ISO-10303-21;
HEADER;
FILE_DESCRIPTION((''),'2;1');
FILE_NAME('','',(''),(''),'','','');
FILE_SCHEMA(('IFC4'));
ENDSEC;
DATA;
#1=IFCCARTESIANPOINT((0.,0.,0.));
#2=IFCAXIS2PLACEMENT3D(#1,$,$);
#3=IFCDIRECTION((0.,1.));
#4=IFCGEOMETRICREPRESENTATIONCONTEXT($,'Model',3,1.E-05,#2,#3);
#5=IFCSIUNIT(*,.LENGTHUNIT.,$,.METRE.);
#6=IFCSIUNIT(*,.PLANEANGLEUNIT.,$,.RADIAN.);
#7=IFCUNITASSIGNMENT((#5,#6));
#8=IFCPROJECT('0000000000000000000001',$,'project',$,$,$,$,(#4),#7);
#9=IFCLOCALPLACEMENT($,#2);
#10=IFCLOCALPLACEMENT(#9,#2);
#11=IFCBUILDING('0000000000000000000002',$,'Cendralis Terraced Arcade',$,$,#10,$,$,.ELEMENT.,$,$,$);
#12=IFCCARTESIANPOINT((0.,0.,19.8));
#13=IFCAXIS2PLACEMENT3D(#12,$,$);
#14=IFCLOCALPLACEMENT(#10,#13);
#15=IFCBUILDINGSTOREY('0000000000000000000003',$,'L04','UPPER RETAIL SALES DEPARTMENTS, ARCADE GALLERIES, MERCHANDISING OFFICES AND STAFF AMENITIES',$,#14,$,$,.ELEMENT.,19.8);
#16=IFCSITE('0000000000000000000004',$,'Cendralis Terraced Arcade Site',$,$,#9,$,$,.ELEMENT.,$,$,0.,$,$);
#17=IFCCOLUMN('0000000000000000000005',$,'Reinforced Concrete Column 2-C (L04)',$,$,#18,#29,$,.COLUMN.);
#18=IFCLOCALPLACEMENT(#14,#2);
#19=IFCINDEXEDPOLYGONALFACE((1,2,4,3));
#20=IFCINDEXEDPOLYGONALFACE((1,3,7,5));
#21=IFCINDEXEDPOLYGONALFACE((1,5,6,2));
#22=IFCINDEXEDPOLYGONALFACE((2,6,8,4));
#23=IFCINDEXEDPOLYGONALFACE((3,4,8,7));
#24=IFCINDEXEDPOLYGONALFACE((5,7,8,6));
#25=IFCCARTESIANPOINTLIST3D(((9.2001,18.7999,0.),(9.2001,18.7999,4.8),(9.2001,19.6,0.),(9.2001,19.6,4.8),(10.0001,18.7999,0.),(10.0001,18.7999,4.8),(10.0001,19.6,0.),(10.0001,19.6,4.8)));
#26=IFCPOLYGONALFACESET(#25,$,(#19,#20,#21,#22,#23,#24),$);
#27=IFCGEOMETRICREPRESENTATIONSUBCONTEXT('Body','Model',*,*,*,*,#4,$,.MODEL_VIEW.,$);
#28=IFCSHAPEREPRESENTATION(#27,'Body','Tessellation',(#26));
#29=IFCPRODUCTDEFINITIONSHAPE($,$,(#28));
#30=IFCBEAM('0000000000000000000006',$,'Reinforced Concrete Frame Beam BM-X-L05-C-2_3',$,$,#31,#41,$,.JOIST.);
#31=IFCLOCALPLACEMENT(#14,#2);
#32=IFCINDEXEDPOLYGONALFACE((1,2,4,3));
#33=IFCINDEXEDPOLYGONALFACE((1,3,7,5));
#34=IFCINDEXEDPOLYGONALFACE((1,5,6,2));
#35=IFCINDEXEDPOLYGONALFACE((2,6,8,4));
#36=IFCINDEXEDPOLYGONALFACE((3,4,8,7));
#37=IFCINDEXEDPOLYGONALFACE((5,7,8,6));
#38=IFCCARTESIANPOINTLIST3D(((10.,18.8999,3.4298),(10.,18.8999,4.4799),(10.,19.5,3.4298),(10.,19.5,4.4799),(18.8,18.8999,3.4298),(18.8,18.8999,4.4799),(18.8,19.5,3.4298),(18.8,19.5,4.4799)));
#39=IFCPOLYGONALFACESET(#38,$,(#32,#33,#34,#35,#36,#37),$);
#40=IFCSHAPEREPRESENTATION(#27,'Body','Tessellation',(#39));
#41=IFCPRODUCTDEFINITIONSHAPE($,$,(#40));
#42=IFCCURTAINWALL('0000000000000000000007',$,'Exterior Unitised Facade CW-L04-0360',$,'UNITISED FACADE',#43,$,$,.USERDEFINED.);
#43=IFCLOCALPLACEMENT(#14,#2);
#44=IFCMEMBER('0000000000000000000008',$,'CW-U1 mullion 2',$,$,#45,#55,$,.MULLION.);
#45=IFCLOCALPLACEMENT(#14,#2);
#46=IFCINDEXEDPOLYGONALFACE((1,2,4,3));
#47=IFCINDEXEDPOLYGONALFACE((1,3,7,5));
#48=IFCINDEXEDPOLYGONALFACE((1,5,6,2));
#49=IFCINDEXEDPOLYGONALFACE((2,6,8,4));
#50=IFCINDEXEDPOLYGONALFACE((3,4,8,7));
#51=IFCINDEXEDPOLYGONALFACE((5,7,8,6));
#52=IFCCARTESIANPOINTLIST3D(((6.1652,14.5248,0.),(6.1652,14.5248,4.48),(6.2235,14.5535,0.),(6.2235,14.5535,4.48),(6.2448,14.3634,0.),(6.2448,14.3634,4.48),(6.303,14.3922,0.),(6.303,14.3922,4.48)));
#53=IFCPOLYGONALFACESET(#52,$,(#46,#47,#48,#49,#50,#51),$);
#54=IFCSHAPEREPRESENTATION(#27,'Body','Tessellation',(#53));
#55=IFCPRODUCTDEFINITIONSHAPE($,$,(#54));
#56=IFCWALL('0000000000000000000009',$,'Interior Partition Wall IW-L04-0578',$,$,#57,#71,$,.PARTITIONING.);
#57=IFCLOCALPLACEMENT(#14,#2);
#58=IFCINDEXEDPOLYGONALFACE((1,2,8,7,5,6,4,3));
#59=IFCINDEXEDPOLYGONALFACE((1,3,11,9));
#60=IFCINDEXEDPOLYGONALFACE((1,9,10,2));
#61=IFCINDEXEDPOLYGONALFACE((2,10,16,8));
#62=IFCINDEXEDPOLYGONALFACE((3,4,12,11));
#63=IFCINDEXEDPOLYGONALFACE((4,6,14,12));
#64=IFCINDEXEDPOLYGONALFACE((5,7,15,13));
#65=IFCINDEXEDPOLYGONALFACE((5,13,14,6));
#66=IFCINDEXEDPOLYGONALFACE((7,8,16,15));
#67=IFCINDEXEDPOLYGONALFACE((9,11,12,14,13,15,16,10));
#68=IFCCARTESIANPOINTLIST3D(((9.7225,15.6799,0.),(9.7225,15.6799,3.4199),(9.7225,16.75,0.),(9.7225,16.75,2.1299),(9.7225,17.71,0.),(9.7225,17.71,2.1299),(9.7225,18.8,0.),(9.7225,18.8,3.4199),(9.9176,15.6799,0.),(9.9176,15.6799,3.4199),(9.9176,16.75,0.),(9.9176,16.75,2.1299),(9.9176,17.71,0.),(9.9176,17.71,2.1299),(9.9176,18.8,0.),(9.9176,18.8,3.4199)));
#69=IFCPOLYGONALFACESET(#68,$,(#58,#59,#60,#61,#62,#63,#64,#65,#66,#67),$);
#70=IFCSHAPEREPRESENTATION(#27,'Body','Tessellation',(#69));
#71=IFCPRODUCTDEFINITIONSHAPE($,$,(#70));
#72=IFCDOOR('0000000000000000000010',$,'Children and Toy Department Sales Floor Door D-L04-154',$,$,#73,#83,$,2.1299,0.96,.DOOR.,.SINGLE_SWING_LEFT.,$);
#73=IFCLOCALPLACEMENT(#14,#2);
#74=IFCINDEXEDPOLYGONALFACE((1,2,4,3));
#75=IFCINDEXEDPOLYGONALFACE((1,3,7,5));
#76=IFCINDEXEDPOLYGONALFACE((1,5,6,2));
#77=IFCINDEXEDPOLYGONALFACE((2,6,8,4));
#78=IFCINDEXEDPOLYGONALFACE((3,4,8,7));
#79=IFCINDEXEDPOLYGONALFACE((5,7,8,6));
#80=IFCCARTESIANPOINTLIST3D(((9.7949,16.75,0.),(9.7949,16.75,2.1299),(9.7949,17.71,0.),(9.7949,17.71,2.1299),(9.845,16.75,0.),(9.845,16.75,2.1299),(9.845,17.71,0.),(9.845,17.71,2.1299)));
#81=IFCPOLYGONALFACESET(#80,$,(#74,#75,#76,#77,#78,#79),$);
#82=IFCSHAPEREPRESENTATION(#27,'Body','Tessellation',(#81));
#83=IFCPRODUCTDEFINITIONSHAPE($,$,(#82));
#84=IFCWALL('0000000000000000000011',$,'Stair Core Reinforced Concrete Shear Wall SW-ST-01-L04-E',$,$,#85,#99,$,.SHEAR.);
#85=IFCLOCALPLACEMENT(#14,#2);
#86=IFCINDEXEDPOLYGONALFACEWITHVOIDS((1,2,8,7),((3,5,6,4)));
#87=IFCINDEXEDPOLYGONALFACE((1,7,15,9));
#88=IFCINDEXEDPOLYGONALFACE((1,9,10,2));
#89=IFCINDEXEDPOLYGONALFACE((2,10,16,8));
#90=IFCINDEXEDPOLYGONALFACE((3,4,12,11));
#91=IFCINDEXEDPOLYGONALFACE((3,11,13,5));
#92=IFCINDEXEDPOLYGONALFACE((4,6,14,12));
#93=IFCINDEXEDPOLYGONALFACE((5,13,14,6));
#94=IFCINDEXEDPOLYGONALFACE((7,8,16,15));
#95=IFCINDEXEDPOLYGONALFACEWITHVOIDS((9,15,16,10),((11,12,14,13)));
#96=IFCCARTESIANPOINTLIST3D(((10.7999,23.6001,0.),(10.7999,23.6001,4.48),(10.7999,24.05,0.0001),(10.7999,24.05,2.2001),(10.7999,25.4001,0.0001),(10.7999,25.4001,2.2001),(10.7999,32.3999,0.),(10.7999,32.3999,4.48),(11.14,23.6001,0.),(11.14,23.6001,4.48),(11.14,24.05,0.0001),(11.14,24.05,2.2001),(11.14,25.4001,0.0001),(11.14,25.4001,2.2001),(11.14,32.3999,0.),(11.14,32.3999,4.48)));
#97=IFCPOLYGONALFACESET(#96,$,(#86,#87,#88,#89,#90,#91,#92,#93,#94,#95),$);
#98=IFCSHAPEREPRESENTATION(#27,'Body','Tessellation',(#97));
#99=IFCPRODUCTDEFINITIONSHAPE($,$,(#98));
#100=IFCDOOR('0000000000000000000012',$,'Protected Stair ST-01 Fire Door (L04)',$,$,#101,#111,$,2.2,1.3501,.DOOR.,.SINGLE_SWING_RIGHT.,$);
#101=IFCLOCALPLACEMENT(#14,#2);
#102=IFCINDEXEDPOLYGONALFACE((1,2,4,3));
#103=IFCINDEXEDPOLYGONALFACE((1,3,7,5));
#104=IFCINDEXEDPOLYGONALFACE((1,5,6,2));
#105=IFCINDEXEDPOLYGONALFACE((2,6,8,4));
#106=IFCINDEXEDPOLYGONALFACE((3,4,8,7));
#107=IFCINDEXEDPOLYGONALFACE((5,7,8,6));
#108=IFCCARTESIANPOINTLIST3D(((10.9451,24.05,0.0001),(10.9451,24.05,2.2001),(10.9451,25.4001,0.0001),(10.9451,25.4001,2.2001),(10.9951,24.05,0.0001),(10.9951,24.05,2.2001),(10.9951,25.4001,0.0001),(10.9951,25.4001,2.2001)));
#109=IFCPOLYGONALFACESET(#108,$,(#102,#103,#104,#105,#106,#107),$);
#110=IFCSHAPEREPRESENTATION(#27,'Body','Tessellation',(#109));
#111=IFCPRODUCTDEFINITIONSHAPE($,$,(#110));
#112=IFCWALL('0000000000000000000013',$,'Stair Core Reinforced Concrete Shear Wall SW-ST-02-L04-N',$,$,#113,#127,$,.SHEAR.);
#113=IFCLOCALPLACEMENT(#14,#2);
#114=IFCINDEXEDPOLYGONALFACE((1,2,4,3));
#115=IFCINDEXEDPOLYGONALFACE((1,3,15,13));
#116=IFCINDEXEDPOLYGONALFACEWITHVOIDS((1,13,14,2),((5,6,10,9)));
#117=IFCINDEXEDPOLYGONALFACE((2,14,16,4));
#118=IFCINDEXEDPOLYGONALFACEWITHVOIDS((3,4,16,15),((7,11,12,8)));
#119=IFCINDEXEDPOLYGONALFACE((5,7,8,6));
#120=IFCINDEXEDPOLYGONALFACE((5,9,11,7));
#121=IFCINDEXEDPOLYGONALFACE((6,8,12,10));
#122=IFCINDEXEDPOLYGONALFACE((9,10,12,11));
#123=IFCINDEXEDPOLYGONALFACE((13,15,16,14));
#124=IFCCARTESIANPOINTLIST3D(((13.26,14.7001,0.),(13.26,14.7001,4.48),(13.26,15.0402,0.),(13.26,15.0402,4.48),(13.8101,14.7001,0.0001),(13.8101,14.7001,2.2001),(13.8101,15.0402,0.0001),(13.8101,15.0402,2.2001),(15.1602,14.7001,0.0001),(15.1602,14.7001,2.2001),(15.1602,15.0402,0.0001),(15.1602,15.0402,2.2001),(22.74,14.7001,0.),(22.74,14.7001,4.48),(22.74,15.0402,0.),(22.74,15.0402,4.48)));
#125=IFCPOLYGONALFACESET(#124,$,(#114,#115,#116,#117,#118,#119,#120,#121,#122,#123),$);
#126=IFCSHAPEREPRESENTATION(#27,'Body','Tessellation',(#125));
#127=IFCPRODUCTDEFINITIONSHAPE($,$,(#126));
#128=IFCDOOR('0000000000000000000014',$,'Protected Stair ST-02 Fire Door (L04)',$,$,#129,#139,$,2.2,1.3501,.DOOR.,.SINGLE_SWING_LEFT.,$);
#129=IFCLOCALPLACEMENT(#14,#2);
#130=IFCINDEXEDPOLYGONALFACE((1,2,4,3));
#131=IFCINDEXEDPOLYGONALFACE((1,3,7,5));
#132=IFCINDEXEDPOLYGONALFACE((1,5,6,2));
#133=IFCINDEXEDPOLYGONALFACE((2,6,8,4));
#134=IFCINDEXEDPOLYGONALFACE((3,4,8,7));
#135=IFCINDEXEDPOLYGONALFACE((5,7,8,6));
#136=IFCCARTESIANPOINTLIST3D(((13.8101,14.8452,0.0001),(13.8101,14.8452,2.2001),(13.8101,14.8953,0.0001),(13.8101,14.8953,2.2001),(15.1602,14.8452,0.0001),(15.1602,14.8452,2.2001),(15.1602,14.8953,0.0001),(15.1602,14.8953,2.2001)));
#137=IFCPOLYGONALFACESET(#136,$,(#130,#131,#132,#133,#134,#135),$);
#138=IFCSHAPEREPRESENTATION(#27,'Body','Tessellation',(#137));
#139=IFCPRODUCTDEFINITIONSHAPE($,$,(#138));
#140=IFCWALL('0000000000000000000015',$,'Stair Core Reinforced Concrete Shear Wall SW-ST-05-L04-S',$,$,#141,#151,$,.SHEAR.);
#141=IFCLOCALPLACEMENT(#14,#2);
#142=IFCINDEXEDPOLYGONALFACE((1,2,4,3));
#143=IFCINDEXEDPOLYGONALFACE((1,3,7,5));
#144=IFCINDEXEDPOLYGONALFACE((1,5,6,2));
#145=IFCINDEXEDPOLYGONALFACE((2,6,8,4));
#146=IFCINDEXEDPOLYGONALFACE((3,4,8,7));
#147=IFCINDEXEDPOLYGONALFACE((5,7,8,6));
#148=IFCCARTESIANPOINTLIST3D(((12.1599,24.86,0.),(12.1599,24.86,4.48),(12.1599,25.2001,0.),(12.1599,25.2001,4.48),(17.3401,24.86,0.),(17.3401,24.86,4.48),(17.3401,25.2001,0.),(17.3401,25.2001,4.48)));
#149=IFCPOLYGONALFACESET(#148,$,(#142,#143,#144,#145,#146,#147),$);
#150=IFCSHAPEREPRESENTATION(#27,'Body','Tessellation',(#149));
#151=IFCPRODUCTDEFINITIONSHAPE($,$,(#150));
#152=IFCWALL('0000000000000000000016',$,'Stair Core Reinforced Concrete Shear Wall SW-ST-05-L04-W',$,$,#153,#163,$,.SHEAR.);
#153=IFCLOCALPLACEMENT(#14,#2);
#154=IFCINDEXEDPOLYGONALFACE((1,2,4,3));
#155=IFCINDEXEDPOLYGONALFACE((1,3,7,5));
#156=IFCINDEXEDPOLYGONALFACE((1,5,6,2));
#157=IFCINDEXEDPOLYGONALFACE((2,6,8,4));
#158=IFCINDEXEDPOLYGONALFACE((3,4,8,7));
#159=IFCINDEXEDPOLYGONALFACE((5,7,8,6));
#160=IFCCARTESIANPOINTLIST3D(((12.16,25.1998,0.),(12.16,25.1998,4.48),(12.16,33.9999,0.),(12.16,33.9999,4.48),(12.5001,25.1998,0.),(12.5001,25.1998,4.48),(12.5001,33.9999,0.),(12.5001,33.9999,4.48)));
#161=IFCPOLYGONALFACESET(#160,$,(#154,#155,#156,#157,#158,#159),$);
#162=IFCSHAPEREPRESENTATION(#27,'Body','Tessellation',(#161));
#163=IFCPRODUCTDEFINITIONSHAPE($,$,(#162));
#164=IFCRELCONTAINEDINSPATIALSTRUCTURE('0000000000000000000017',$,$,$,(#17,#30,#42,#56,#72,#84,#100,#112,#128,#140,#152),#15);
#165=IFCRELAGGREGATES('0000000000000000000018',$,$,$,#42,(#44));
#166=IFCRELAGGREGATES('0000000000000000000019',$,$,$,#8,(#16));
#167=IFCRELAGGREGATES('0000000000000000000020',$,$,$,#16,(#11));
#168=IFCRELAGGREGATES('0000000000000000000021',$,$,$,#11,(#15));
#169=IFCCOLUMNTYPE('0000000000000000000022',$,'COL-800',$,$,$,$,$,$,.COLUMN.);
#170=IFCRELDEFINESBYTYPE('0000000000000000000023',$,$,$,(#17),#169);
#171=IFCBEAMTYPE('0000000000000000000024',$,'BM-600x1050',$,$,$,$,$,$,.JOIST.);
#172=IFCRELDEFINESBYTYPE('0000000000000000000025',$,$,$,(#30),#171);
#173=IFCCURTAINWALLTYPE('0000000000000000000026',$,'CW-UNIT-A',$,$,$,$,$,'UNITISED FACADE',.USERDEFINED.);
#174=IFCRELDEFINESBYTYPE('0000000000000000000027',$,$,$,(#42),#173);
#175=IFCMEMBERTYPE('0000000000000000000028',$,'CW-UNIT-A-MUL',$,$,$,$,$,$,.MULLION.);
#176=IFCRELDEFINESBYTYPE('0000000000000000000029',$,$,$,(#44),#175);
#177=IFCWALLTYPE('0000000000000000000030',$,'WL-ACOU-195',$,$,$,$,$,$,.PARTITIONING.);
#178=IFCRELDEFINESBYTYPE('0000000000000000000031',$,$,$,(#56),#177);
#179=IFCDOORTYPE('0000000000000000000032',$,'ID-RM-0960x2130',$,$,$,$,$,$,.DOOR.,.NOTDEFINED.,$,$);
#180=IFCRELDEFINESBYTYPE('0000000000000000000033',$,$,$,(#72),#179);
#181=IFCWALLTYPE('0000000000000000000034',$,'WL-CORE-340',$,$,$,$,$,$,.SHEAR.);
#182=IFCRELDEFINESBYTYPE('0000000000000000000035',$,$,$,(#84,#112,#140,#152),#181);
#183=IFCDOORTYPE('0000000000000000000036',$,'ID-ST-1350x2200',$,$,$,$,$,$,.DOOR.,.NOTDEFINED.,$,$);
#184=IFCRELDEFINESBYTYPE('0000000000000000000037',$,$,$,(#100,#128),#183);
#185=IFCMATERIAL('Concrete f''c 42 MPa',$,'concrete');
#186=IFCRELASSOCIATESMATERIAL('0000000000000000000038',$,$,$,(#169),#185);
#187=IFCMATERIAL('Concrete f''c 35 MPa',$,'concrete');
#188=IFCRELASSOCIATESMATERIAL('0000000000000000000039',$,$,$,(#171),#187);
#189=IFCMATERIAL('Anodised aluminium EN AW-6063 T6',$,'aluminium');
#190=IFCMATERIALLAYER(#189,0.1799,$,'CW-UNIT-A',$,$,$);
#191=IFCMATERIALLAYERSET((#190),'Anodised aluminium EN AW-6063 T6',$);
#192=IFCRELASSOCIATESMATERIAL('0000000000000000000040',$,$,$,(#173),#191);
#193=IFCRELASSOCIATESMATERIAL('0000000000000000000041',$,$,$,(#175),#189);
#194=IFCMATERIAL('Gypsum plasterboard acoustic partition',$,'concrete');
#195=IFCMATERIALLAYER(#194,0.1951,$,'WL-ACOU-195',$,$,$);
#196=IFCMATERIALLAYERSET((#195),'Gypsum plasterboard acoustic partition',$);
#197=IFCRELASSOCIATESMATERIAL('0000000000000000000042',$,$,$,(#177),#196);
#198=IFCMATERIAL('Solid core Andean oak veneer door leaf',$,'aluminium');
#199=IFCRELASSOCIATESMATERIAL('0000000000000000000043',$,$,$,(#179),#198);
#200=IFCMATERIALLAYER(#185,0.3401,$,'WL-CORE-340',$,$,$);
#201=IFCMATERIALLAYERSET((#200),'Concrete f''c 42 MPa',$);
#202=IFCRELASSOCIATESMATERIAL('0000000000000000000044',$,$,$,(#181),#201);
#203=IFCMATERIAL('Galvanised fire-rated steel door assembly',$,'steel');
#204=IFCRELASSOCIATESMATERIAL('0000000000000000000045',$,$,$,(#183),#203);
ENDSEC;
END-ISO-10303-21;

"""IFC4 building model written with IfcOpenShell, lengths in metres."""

from ifc_helpers import new_model, si_unit, direction, frame, frame_2d, origin, origin_2d, place, context, subcontext, project, spatial, rectangle, extrude, material, layer, layer_set, material_profile, profile_set, type_object, element, fill, aggregate, save


model = new_model("IFC4")

# Units and contexts
model_context = context("Model", 3, precision=1e-05, world=origin(), true_north=direction((0.0, 1.0)))
body_context = subcontext(model_context, "Body", "Model", "MODEL_VIEW")
ifc_project = project(units=[si_unit("LENGTHUNIT", "METRE"), si_unit("PLANEANGLEUNIT", "RADIAN")], contexts=[model_context])

# Site, building, storey
site_placement = place(None, origin())
site = spatial("IfcSite", under=ifc_project, at=site_placement, Name="Cendralis Terraced Arcade Site", CompositionType="ELEMENT", RefElevation=0.0)
building_placement = place(site_placement, origin())
building = spatial("IfcBuilding", under=site, at=building_placement, Name="Cendralis Terraced Arcade", CompositionType="ELEMENT")
storey_placement = place(building_placement, frame((0.0, 0.0, 19.8)))
storey = spatial("IfcBuildingStorey", under=building, at=storey_placement, Name="L04", Description="UPPER RETAIL SALES DEPARTMENTS, ARCADE GALLERIES, MERCHANDISING OFFICES AND STAFF AMENITIES", CompositionType="ELEMENT", Elevation=19.8)

# Column
ifc_material_1 = material(Name="Concrete f'c 42 MPa", Category="concrete")
ifc_material_profile_1 = material_profile(ifc_material_1, rectangle(XDim=0.8, YDim=0.8, at=origin_2d()), Name="RC-COL-800x800", Category="LoadBearing")
ifc_profile_set_1 = profile_set([ifc_material_profile_1], Name="Concrete f'c 42 MPa")
column_type = type_object("IfcColumnType", Name="COL-800", PredefinedType="COLUMN", material=ifc_profile_set_1)
column_placement = place(storey_placement, frame((9.6001, 19.2, 0.0), z_axis=(0.0, 0.0, 1.0), x_axis=(1.0, 0.0, 0.0)))
element("IfcColumn", 1, at=column_placement, inside=storey, type_object=column_type, Name="Reinforced Concrete Column 2-C (L04)", PredefinedType="COLUMN", context=body_context, shape_type="SweptSolid", body=[
    extrude(rectangle(XDim=0.8, YDim=0.8, at=origin_2d()), origin(), (0.0, 0.0, 1.0), 4.8),
])

# Beam
ifc_material_2 = material(Name="Concrete f'c 35 MPa", Category="concrete")
ifc_material_profile_2 = material_profile(ifc_material_2, rectangle(XDim=0.6001, YDim=1.05, at=origin_2d()), Name="RC-BM-600x1050", Category="LoadBearing")
ifc_profile_set_2 = profile_set([ifc_material_profile_2], Name="Concrete f'c 35 MPa")
beam_type = type_object("IfcBeamType", Name="BM-600x1050", PredefinedType="JOIST", material=ifc_profile_set_2)
beam_placement = place(storey_placement, frame((10.0, 19.2, 3.9548), z_axis=(1.0, 0.0, 0.0), x_axis=(0.0, 1.0, 0.0)))
element("IfcBeam", 2, at=beam_placement, inside=storey, type_object=beam_type, Name="Reinforced Concrete Frame Beam BM-X-L05-C-2_3", PredefinedType="JOIST", context=body_context, shape_type="SweptSolid", body=[
    extrude(rectangle(XDim=0.6001, YDim=1.05, at=origin_2d()), origin(), (0.0, 0.0, 1.0), 8.8),
])

# Curtain wall, member
ifc_material_3 = material(Name="Anodised aluminium EN AW-6063 T6", Category="aluminium")
ifc_layer_1 = layer(ifc_material_3, 0.1799, Name="CW-UNIT-A")
ifc_layer_set_1 = layer_set([ifc_layer_1], Name="Anodised aluminium EN AW-6063 T6")
curtain_wall_type = type_object("IfcCurtainWallType", Name="CW-UNIT-A", ElementType="UNITISED FACADE", PredefinedType="USERDEFINED", material=ifc_layer_set_1)
curtain_wall_placement = place(storey_placement, origin())
curtain_wall = element("IfcCurtainWall", 3, at=curtain_wall_placement, inside=storey, type_object=curtain_wall_type, Name="Exterior Unitised Facade CW-L04-0360", ObjectType="UNITISED FACADE", PredefinedType="USERDEFINED")
ifc_material_profile_3 = material_profile(ifc_material_3, rectangle(XDim=0.0649, YDim=0.1799, at=origin_2d()), Name="ALU-MUL-65x180")
ifc_profile_set_3 = profile_set([ifc_material_profile_3], Name="Anodised aluminium EN AW-6063 T6")
member_type = type_object("IfcMemberType", Name="CW-UNIT-A-MUL", PredefinedType="MULLION", material=ifc_profile_set_3)
member_placement = place(storey_placement, frame((6.2341, 14.4585, 0.0), z_axis=(0.0, 0.0, 1.0), x_axis=(-0.896882, -0.44227, 0.0)))
member = element("IfcMember", 4, at=member_placement, type_object=member_type, Name="CW-U1 mullion 2", PredefinedType="MULLION", context=body_context, shape_type="SweptSolid", body=[
    extrude(rectangle(XDim=0.0649, YDim=0.1799, at=origin_2d()), origin(), (0.0, 0.0, 1.0), 4.48),
])
aggregate(curtain_wall, [member])

# Walls, openings, doors
ifc_material_4 = material(Name="Gypsum plasterboard acoustic partition", Category="concrete")
ifc_layer_2 = layer(ifc_material_4, 0.1951, Name="WL-ACOU-195")
ifc_layer_set_2 = layer_set([ifc_layer_2], Name="Gypsum plasterboard acoustic partition")
wall_type_1 = type_object("IfcWallType", Name="WL-ACOU-195", PredefinedType="PARTITIONING", material=ifc_layer_set_2)
wall_1_placement = place(storey_placement, frame((9.8201, 18.8, 0.0), z_axis=(0.0, 0.0, 1.0), x_axis=(0.0, -1.0, 0.0)))
wall_1 = element("IfcWall", 5, at=wall_1_placement, inside=storey, type_object=wall_type_1, Name="Interior Partition Wall IW-L04-0578", PredefinedType="PARTITIONING", context=body_context, shape_type="SweptSolid", body=[
    extrude(rectangle(XDim=3.1201, YDim=0.1951, at=frame_2d((1.5601, 0.0))), origin(), (0.0, 0.0, 1.0), 3.4199),
])
opening_1_placement = place(wall_1_placement, frame((1.0901, 0.0, 0.0)))
opening_1 = element("IfcOpeningElement", 6, at=opening_1_placement, cuts=wall_1, PredefinedType="OPENING", context=body_context, shape_type="SweptSolid", body=[
    extrude(rectangle(XDim=0.96, YDim=2.1299, at=frame_2d((0.48, 1.0649))), frame((0.0, 0.1094, 0.0), z_axis=(0.0, -1.0, 0.0), x_axis=(1.0, 0.0, 0.0)), (0.0, 0.0, 1.0), 0.219),
])
ifc_material_5 = material(Name="Solid core Andean oak veneer door leaf", Category="aluminium")
door_type_1 = type_object("IfcDoorType", Name="ID-RM-0960x2130", OperationType="NOTDEFINED", PredefinedType="DOOR", material=ifc_material_5)
door_1_placement = place(opening_1_placement, origin())
door_1 = element("IfcDoor", 7, at=door_1_placement, inside=storey, type_object=door_type_1, Name="Children and Toy Department Sales Floor Door D-L04-154", OperationType="SINGLE_SWING_LEFT", OverallHeight=2.1299, OverallWidth=0.96, PredefinedType="DOOR", context=body_context, shape_type="SweptSolid", body=[
    extrude(rectangle(XDim=0.96, YDim=2.1299, at=frame_2d((0.48, 1.0649))), frame((0.0, 0.0249, 0.0), z_axis=(0.0, -1.0, 0.0), x_axis=(1.0, 0.0, 0.0)), (0.0, 0.0, 1.0), 0.05),
])
fill(opening_1, door_1)
ifc_layer_3 = layer(ifc_material_1, 0.3401, Name="WL-CORE-340")
ifc_layer_set_3 = layer_set([ifc_layer_3], Name="Concrete f'c 42 MPa")
wall_type_2 = type_object("IfcWallType", Name="WL-CORE-340", PredefinedType="SHEAR", material=ifc_layer_set_3)
wall_2_placement = place(storey_placement, frame((10.97, 23.6001, 0.0), z_axis=(0.0, 0.0, 1.0), x_axis=(0.0, 1.0, 0.0)))
wall_2 = element("IfcWall", 8, at=wall_2_placement, inside=storey, type_object=wall_type_2, Name="Stair Core Reinforced Concrete Shear Wall SW-ST-01-L04-E", PredefinedType="SHEAR", context=body_context, shape_type="SweptSolid", body=[
    extrude(rectangle(XDim=8.7998, YDim=0.3401, at=frame_2d((4.3999, 0.0))), origin(), (0.0, 0.0, 1.0), 4.48),
])
opening_2_placement = place(wall_2_placement, frame((0.45, 0.0, 0.0)))
opening_2 = element("IfcOpeningElement", 9, at=opening_2_placement, cuts=wall_2, PredefinedType="OPENING", context=body_context, shape_type="SweptSolid", body=[
    extrude(rectangle(XDim=1.3501, YDim=2.2, at=frame_2d((0.675, 1.1001))), frame((0.0, 0.1821, 0.0), z_axis=(0.0, -1.0, 0.0), x_axis=(1.0, 0.0, 0.0)), (0.0, 0.0, 1.0), 0.364),
])
ifc_material_6 = material(Name="Galvanised fire-rated steel door assembly", Category="steel")
door_type_2 = type_object("IfcDoorType", Name="ID-ST-1350x2200", OperationType="NOTDEFINED", PredefinedType="DOOR", material=ifc_material_6)
door_2_placement = place(opening_2_placement, origin())
door_2 = element("IfcDoor", 10, at=door_2_placement, inside=storey, type_object=door_type_2, Name="Protected Stair ST-01 Fire Door (L04)", OperationType="SINGLE_SWING_RIGHT", OverallHeight=2.2, OverallWidth=1.3501, PredefinedType="DOOR", context=body_context, shape_type="SweptSolid", body=[
    extrude(rectangle(XDim=1.3501, YDim=2.2, at=frame_2d((0.675, 1.1001))), frame((0.0, 0.0249, 0.0), z_axis=(0.0, -1.0, 0.0), x_axis=(1.0, 0.0, 0.0)), (0.0, 0.0, 1.0), 0.05),
])
fill(opening_2, door_2)
wall_3_placement = place(storey_placement, frame((13.26, 14.8701, 0.0), z_axis=(0.0, 0.0, 1.0), x_axis=(1.0, 0.0, 0.0)))
wall_3 = element("IfcWall", 11, at=wall_3_placement, inside=storey, type_object=wall_type_2, Name="Stair Core Reinforced Concrete Shear Wall SW-ST-02-L04-N", PredefinedType="SHEAR", context=body_context, shape_type="SweptSolid", body=[
    extrude(rectangle(XDim=9.48, YDim=0.3401, at=frame_2d((4.74, 0.0))), origin(), (0.0, 0.0, 1.0), 4.48),
])
opening_3_placement = place(wall_3_placement, frame((0.55, 0.0, 0.0)))
opening_3 = element("IfcOpeningElement", 12, at=opening_3_placement, cuts=wall_3, PredefinedType="OPENING", context=body_context, shape_type="SweptSolid", body=[
    extrude(rectangle(XDim=1.3501, YDim=2.2, at=frame_2d((0.675, 1.1001))), frame((0.0, 0.1821, 0.0), z_axis=(0.0, -1.0, 0.0), x_axis=(1.0, 0.0, 0.0)), (0.0, 0.0, 1.0), 0.364),
])
door_3_placement = place(opening_3_placement, frame((1.3501, 0.0, 0.0), z_axis=(0.0, 0.0, 1.0), x_axis=(-1.0, 0.0, 0.0)))
door_3 = element("IfcDoor", 13, at=door_3_placement, inside=storey, type_object=door_type_2, Name="Protected Stair ST-02 Fire Door (L04)", OperationType="SINGLE_SWING_LEFT", OverallHeight=2.2, OverallWidth=1.3501, PredefinedType="DOOR", context=body_context, shape_type="SweptSolid", body=[
    extrude(rectangle(XDim=1.3501, YDim=2.2, at=frame_2d((0.675, 1.1001))), frame((0.0, 0.0249, 0.0), z_axis=(0.0, -1.0, 0.0), x_axis=(1.0, 0.0, 0.0)), (0.0, 0.0, 1.0), 0.05),
])
fill(opening_3, door_3)

# Walls
wall_4_placement = place(storey_placement, frame((12.1599, 25.03, 0.0), z_axis=(0.0, 0.0, 1.0), x_axis=(1.0, 0.0, 0.0)))
element("IfcWall", 14, at=wall_4_placement, inside=storey, type_object=wall_type_2, Name="Stair Core Reinforced Concrete Shear Wall SW-ST-05-L04-S", PredefinedType="SHEAR", context=body_context, shape_type="SweptSolid", body=[
    extrude(rectangle(XDim=5.1802, YDim=0.3401, at=frame_2d((2.5901, 0.0))), origin(), (0.0, 0.0, 1.0), 4.48),
])
wall_5_placement = place(storey_placement, frame((12.3301, 25.2, 0.0), z_axis=(0.0, 0.0, 1.0), x_axis=(0.0, 1.0, 0.0)))
element("IfcWall", 15, at=wall_5_placement, inside=storey, type_object=wall_type_2, Name="Stair Core Reinforced Concrete Shear Wall SW-ST-05-L04-W", PredefinedType="SHEAR", context=body_context, shape_type="SweptSolid", body=[
    extrude(rectangle(XDim=8.8, YDim=0.3401, at=frame_2d((4.3999, 0.0))), origin(), (0.0, 0.0, 1.0), 4.48),
])

save(model, "model.ifc")
